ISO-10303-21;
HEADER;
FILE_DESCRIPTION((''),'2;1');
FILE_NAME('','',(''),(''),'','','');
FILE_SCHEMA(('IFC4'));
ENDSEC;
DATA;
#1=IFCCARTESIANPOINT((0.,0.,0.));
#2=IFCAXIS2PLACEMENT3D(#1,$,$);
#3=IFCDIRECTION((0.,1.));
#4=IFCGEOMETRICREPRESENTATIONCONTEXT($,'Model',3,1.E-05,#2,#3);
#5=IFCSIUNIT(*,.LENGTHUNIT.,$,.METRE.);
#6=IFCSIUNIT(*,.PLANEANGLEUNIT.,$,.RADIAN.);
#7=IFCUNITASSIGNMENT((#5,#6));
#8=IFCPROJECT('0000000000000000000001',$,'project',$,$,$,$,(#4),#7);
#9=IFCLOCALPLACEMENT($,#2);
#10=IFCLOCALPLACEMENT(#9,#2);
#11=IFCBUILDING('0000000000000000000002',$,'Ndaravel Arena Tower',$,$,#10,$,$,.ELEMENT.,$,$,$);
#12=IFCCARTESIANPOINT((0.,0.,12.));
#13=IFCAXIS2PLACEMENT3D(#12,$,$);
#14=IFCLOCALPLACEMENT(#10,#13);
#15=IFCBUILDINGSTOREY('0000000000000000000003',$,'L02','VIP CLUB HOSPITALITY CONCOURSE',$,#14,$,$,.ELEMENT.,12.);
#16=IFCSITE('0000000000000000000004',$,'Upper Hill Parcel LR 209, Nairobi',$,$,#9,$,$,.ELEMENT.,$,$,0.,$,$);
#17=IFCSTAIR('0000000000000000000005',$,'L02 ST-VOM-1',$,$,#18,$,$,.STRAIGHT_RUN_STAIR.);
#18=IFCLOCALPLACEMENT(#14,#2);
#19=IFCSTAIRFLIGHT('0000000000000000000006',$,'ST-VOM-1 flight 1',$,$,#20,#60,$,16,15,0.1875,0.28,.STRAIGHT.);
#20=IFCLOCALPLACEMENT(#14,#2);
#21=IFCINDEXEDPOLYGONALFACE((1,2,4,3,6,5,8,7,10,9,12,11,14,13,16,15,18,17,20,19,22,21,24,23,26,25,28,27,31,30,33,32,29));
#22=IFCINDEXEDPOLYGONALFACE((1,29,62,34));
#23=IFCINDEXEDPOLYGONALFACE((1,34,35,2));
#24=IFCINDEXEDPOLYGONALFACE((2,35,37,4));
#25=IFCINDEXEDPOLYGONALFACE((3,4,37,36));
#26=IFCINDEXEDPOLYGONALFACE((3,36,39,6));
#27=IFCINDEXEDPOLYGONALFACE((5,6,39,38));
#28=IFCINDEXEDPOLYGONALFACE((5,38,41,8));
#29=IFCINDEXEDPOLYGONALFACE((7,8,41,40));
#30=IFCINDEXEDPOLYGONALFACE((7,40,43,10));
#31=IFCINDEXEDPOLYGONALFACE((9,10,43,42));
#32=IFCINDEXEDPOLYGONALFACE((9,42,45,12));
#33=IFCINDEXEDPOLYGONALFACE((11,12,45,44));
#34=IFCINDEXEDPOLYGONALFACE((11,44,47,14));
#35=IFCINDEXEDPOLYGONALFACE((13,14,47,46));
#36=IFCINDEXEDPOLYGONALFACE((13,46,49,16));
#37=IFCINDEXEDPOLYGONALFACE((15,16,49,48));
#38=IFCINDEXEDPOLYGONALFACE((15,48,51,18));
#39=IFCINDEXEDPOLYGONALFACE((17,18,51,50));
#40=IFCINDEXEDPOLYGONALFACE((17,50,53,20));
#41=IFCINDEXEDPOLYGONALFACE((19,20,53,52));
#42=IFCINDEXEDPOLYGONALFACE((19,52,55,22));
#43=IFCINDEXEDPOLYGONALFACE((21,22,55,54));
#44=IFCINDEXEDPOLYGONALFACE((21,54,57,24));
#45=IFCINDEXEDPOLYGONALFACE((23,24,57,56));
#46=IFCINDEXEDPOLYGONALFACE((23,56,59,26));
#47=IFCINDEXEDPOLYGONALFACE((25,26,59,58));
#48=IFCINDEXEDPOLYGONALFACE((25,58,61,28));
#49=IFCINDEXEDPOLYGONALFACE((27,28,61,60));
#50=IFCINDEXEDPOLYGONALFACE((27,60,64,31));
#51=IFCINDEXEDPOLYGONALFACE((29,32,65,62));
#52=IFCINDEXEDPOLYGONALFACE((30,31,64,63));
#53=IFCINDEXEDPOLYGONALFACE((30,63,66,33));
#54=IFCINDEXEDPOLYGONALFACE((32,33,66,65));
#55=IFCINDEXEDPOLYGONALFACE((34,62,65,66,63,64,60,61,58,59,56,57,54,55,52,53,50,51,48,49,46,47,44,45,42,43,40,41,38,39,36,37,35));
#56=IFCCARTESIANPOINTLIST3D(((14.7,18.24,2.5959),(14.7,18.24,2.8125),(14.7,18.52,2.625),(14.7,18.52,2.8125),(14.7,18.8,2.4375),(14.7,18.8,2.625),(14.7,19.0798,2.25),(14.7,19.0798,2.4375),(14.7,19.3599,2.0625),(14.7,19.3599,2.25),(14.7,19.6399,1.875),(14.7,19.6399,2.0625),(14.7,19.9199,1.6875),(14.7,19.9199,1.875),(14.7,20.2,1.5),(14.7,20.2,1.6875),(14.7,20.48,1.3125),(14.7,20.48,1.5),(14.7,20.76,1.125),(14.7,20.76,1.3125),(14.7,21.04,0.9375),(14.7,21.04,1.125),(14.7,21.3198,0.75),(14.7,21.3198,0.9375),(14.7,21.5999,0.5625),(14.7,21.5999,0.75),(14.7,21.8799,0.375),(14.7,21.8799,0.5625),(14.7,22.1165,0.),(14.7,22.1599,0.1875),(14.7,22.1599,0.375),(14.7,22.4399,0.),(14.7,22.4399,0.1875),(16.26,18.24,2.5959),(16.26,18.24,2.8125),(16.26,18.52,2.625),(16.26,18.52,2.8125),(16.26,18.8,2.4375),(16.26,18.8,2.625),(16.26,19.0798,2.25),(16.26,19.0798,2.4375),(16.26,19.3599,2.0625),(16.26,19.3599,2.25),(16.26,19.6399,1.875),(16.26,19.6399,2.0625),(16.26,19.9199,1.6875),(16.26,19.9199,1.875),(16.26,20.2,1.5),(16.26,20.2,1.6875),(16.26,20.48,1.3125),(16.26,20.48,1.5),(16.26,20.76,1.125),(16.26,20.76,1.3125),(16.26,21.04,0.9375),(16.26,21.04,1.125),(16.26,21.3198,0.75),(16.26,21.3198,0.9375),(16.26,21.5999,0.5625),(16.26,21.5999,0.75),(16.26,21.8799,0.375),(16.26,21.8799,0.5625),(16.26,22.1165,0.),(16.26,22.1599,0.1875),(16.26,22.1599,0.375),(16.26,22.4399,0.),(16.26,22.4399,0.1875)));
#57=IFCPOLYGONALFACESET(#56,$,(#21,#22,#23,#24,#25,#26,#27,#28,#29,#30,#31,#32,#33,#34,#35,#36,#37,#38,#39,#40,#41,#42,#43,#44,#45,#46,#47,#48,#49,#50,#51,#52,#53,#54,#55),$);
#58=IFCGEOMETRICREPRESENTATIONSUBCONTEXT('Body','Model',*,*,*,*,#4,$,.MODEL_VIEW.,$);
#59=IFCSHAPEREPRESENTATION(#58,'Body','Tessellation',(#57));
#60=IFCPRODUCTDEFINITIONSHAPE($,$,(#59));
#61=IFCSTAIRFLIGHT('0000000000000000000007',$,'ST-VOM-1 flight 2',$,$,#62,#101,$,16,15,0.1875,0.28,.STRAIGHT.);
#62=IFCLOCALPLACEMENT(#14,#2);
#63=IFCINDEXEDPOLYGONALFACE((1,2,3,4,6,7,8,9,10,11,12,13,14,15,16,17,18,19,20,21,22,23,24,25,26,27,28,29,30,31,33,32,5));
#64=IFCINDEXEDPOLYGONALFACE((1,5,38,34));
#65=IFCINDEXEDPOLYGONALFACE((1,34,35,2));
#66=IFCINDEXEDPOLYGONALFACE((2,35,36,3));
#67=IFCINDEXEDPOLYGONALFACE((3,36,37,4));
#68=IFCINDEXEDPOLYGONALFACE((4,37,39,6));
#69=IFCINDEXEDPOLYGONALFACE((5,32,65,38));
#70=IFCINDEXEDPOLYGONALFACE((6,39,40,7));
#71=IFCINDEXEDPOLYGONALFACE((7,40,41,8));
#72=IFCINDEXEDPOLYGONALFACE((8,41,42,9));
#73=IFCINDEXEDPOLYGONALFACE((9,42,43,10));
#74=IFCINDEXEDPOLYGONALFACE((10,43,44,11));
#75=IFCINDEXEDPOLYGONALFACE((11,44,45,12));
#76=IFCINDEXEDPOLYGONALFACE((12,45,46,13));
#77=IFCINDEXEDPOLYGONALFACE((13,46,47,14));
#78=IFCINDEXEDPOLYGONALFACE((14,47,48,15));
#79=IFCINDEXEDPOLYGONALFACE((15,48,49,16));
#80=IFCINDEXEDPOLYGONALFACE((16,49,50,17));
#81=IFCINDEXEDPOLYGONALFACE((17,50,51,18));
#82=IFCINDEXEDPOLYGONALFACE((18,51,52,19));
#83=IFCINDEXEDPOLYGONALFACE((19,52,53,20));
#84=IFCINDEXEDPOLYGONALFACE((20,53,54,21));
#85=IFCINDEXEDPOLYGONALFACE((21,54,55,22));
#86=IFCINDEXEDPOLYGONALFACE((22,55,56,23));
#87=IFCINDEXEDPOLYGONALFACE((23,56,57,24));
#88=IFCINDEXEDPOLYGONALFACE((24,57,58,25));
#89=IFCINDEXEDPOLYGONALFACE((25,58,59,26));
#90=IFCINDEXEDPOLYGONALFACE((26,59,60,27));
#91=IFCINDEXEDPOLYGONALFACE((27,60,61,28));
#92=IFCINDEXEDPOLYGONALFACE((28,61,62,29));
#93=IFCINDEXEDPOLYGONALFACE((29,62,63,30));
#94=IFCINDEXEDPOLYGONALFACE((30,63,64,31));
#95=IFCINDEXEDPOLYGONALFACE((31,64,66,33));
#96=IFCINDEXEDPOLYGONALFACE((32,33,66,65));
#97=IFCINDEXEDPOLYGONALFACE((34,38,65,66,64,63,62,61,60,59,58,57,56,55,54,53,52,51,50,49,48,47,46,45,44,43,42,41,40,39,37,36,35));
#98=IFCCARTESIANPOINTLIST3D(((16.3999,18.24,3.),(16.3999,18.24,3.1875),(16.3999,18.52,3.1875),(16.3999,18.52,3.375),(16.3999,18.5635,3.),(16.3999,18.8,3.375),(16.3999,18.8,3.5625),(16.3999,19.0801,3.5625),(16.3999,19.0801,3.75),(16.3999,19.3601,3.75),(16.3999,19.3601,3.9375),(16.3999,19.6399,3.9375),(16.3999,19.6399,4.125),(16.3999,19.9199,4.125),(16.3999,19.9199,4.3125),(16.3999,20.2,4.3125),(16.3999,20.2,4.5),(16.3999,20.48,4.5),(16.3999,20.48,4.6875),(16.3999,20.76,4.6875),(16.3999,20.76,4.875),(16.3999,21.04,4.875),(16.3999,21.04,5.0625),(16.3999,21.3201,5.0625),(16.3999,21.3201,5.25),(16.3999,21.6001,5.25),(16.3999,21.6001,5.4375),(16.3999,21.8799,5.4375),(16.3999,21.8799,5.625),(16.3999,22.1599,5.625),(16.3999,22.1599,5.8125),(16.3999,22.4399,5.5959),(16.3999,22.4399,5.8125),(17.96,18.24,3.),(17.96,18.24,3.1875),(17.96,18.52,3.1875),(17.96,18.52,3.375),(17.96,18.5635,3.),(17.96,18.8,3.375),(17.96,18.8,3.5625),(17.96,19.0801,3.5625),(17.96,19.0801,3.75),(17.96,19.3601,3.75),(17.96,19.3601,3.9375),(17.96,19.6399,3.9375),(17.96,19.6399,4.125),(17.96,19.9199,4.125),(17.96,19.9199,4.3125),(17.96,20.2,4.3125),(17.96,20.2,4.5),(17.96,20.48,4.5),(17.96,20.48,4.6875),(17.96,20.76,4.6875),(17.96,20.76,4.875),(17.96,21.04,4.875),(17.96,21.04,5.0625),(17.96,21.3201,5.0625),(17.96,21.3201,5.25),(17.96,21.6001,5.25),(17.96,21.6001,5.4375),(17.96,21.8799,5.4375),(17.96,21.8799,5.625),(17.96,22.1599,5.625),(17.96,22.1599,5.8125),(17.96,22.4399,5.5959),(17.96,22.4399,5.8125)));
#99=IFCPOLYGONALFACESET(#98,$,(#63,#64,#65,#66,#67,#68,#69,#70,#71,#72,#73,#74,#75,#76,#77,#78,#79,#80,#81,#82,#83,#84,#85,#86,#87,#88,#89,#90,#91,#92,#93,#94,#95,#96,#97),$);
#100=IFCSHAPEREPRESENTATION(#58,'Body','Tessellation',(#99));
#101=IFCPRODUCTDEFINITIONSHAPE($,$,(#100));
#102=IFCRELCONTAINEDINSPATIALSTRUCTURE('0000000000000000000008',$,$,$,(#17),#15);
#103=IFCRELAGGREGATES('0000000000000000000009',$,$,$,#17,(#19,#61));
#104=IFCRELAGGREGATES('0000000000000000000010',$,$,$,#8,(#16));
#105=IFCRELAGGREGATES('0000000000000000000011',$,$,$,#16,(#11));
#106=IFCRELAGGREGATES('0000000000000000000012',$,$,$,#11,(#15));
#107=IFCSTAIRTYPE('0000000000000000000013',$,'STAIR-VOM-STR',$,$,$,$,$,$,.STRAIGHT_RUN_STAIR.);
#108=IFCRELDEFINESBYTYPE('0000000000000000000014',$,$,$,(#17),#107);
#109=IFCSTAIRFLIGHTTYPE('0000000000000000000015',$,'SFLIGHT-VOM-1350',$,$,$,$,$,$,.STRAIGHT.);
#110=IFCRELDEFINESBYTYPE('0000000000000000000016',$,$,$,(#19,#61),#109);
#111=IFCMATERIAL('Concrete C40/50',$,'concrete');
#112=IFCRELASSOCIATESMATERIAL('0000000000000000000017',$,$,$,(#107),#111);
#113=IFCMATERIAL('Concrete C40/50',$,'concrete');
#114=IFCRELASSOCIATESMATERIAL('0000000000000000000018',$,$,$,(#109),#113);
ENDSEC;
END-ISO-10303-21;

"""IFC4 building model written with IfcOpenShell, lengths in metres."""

from ifc_helpers import new_model, si_unit, direction, frame, origin, place, context, subcontext, project, spatial, polyline, outline, extrude, material, type_object, element, aggregate, save


model = new_model("IFC4")

# Units and contexts
model_context = context("Model", 3, precision=1e-05, world=origin(), true_north=direction((0.0, 1.0)))
body_context = subcontext(model_context, "Body", "Model", "MODEL_VIEW")
ifc_project = project(units=[si_unit("LENGTHUNIT", "METRE"), si_unit("PLANEANGLEUNIT", "RADIAN")], contexts=[model_context])

# Site, building, storey
site_placement = place(None, origin())
site = spatial("IfcSite", under=ifc_project, at=site_placement, Name="Upper Hill Parcel LR 209, Nairobi", CompositionType="ELEMENT", RefElevation=0.0)
building_placement = place(site_placement, origin())
building = spatial("IfcBuilding", under=site, at=building_placement, Name="Ndaravel Arena Tower", CompositionType="ELEMENT")
storey_placement = place(building_placement, frame((0.0, 0.0, 12.0)))
storey = spatial("IfcBuildingStorey", under=building, at=storey_placement, Name="L02", Description="VIP CLUB HOSPITALITY CONCOURSE", CompositionType="ELEMENT", Elevation=12.0)

# Stair, stair flights
ifc_material_1 = material(Name="Concrete C40/50", Category="concrete")
stair_type = type_object("IfcStairType", Name="STAIR-VOM-STR", PredefinedType="STRAIGHT_RUN_STAIR", material=ifc_material_1)
stair_placement = place(storey_placement, origin())
stair = element("IfcStair", 1, at=stair_placement, inside=storey, type_object=stair_type, Name="L02 ST-VOM-1", PredefinedType="STRAIGHT_RUN_STAIR")
ifc_material_2 = material(Name="Concrete C40/50", Category="concrete")
stair_flight_type = type_object("IfcStairFlightType", Name="SFLIGHT-VOM-1350", PredefinedType="STRAIGHT", material=ifc_material_2)
stair_flight_1_placement = place(storey_placement, frame((15.48, 22.4399, 0.0), z_axis=(0.0, 0.0, 1.0), x_axis=(0.0, -1.0, 0.0)))
stair_flight_1 = element("IfcStairFlight", 2, at=stair_flight_1_placement, type_object=stair_flight_type, Name="ST-VOM-1 flight 1", NumberOfRisers=16, NumberOfTreads=15, PredefinedType="STRAIGHT", RiserHeight=0.1875, TreadLength=0.28, context=body_context, shape_type="SweptSolid", body=[
    extrude(outline(polyline([(0.0, 0.0), (0.0, 0.1875), (0.28, 0.1875), (0.28, 0.375), (0.5601, 0.375), (0.5601, 0.5625), (0.8401, 0.5625), (0.8401, 0.75), (1.1201, 0.75), (1.1201, 0.9375), (1.3999, 0.9375), (1.3999, 1.125), (1.6799, 1.125), (1.6799, 1.3125), (1.96, 1.3125), (1.96, 1.5), (2.24, 1.5), (2.24, 1.6875), (2.52, 1.6875), (2.52, 1.875), (2.8, 1.875), (2.8, 2.0625), (3.0801, 2.0625), (3.0801, 2.25), (3.3601, 2.25), (3.3601, 2.4375), (3.6399, 2.4375), (3.6399, 2.625), (3.9199, 2.625), (3.9199, 2.8125), (4.2, 2.8125), (4.2, 3.0), (4.2, 2.5959), (0.3235, 0.0), (0.0, 0.0)])), frame((0.0, 0.78, 0.0), z_axis=(0.0, -1.0, 0.0), x_axis=(1.0, 0.0, 0.0)), (0.0, 0.0, 1.0), 1.5601),
])
stair_flight_2_placement = place(storey_placement, frame((17.1799, 18.24, 3.0), z_axis=(0.0, 0.0, 1.0), x_axis=(0.0, 1.0, 0.0)))
stair_flight_2 = element("IfcStairFlight", 3, at=stair_flight_2_placement, type_object=stair_flight_type, Name="ST-VOM-1 flight 2", NumberOfRisers=16, NumberOfTreads=15, PredefinedType="STRAIGHT", RiserHeight=0.1875, TreadLength=0.28, context=body_context, shape_type="SweptSolid", body=[
    extrude(outline(polyline([(0.0, 0.0), (0.0, 0.1875), (0.28, 0.1875), (0.28, 0.375), (0.5601, 0.375), (0.5601, 0.5625), (0.8401, 0.5625), (0.8401, 0.75), (1.1201, 0.75), (1.1201, 0.9375), (1.3999, 0.9375), (1.3999, 1.125), (1.6799, 1.125), (1.6799, 1.3125), (1.96, 1.3125), (1.96, 1.5), (2.24, 1.5), (2.24, 1.6875), (2.52, 1.6875), (2.52, 1.875), (2.8, 1.875), (2.8, 2.0625), (3.0801, 2.0625), (3.0801, 2.25), (3.3601, 2.25), (3.3601, 2.4375), (3.6399, 2.4375), (3.6399, 2.625), (3.9199, 2.625), (3.9199, 2.8125), (4.2, 2.8125), (4.2, 3.0), (4.2, 2.5959), (0.3235, 0.0), (0.0, 0.0)])), frame((0.0, 0.78, 0.0), z_axis=(0.0, -1.0, 0.0), x_axis=(1.0, 0.0, 0.0)), (0.0, 0.0, 1.0), 1.5601),
])
aggregate(stair, [stair_flight_1, stair_flight_2])

save(model, "model.ifc")
